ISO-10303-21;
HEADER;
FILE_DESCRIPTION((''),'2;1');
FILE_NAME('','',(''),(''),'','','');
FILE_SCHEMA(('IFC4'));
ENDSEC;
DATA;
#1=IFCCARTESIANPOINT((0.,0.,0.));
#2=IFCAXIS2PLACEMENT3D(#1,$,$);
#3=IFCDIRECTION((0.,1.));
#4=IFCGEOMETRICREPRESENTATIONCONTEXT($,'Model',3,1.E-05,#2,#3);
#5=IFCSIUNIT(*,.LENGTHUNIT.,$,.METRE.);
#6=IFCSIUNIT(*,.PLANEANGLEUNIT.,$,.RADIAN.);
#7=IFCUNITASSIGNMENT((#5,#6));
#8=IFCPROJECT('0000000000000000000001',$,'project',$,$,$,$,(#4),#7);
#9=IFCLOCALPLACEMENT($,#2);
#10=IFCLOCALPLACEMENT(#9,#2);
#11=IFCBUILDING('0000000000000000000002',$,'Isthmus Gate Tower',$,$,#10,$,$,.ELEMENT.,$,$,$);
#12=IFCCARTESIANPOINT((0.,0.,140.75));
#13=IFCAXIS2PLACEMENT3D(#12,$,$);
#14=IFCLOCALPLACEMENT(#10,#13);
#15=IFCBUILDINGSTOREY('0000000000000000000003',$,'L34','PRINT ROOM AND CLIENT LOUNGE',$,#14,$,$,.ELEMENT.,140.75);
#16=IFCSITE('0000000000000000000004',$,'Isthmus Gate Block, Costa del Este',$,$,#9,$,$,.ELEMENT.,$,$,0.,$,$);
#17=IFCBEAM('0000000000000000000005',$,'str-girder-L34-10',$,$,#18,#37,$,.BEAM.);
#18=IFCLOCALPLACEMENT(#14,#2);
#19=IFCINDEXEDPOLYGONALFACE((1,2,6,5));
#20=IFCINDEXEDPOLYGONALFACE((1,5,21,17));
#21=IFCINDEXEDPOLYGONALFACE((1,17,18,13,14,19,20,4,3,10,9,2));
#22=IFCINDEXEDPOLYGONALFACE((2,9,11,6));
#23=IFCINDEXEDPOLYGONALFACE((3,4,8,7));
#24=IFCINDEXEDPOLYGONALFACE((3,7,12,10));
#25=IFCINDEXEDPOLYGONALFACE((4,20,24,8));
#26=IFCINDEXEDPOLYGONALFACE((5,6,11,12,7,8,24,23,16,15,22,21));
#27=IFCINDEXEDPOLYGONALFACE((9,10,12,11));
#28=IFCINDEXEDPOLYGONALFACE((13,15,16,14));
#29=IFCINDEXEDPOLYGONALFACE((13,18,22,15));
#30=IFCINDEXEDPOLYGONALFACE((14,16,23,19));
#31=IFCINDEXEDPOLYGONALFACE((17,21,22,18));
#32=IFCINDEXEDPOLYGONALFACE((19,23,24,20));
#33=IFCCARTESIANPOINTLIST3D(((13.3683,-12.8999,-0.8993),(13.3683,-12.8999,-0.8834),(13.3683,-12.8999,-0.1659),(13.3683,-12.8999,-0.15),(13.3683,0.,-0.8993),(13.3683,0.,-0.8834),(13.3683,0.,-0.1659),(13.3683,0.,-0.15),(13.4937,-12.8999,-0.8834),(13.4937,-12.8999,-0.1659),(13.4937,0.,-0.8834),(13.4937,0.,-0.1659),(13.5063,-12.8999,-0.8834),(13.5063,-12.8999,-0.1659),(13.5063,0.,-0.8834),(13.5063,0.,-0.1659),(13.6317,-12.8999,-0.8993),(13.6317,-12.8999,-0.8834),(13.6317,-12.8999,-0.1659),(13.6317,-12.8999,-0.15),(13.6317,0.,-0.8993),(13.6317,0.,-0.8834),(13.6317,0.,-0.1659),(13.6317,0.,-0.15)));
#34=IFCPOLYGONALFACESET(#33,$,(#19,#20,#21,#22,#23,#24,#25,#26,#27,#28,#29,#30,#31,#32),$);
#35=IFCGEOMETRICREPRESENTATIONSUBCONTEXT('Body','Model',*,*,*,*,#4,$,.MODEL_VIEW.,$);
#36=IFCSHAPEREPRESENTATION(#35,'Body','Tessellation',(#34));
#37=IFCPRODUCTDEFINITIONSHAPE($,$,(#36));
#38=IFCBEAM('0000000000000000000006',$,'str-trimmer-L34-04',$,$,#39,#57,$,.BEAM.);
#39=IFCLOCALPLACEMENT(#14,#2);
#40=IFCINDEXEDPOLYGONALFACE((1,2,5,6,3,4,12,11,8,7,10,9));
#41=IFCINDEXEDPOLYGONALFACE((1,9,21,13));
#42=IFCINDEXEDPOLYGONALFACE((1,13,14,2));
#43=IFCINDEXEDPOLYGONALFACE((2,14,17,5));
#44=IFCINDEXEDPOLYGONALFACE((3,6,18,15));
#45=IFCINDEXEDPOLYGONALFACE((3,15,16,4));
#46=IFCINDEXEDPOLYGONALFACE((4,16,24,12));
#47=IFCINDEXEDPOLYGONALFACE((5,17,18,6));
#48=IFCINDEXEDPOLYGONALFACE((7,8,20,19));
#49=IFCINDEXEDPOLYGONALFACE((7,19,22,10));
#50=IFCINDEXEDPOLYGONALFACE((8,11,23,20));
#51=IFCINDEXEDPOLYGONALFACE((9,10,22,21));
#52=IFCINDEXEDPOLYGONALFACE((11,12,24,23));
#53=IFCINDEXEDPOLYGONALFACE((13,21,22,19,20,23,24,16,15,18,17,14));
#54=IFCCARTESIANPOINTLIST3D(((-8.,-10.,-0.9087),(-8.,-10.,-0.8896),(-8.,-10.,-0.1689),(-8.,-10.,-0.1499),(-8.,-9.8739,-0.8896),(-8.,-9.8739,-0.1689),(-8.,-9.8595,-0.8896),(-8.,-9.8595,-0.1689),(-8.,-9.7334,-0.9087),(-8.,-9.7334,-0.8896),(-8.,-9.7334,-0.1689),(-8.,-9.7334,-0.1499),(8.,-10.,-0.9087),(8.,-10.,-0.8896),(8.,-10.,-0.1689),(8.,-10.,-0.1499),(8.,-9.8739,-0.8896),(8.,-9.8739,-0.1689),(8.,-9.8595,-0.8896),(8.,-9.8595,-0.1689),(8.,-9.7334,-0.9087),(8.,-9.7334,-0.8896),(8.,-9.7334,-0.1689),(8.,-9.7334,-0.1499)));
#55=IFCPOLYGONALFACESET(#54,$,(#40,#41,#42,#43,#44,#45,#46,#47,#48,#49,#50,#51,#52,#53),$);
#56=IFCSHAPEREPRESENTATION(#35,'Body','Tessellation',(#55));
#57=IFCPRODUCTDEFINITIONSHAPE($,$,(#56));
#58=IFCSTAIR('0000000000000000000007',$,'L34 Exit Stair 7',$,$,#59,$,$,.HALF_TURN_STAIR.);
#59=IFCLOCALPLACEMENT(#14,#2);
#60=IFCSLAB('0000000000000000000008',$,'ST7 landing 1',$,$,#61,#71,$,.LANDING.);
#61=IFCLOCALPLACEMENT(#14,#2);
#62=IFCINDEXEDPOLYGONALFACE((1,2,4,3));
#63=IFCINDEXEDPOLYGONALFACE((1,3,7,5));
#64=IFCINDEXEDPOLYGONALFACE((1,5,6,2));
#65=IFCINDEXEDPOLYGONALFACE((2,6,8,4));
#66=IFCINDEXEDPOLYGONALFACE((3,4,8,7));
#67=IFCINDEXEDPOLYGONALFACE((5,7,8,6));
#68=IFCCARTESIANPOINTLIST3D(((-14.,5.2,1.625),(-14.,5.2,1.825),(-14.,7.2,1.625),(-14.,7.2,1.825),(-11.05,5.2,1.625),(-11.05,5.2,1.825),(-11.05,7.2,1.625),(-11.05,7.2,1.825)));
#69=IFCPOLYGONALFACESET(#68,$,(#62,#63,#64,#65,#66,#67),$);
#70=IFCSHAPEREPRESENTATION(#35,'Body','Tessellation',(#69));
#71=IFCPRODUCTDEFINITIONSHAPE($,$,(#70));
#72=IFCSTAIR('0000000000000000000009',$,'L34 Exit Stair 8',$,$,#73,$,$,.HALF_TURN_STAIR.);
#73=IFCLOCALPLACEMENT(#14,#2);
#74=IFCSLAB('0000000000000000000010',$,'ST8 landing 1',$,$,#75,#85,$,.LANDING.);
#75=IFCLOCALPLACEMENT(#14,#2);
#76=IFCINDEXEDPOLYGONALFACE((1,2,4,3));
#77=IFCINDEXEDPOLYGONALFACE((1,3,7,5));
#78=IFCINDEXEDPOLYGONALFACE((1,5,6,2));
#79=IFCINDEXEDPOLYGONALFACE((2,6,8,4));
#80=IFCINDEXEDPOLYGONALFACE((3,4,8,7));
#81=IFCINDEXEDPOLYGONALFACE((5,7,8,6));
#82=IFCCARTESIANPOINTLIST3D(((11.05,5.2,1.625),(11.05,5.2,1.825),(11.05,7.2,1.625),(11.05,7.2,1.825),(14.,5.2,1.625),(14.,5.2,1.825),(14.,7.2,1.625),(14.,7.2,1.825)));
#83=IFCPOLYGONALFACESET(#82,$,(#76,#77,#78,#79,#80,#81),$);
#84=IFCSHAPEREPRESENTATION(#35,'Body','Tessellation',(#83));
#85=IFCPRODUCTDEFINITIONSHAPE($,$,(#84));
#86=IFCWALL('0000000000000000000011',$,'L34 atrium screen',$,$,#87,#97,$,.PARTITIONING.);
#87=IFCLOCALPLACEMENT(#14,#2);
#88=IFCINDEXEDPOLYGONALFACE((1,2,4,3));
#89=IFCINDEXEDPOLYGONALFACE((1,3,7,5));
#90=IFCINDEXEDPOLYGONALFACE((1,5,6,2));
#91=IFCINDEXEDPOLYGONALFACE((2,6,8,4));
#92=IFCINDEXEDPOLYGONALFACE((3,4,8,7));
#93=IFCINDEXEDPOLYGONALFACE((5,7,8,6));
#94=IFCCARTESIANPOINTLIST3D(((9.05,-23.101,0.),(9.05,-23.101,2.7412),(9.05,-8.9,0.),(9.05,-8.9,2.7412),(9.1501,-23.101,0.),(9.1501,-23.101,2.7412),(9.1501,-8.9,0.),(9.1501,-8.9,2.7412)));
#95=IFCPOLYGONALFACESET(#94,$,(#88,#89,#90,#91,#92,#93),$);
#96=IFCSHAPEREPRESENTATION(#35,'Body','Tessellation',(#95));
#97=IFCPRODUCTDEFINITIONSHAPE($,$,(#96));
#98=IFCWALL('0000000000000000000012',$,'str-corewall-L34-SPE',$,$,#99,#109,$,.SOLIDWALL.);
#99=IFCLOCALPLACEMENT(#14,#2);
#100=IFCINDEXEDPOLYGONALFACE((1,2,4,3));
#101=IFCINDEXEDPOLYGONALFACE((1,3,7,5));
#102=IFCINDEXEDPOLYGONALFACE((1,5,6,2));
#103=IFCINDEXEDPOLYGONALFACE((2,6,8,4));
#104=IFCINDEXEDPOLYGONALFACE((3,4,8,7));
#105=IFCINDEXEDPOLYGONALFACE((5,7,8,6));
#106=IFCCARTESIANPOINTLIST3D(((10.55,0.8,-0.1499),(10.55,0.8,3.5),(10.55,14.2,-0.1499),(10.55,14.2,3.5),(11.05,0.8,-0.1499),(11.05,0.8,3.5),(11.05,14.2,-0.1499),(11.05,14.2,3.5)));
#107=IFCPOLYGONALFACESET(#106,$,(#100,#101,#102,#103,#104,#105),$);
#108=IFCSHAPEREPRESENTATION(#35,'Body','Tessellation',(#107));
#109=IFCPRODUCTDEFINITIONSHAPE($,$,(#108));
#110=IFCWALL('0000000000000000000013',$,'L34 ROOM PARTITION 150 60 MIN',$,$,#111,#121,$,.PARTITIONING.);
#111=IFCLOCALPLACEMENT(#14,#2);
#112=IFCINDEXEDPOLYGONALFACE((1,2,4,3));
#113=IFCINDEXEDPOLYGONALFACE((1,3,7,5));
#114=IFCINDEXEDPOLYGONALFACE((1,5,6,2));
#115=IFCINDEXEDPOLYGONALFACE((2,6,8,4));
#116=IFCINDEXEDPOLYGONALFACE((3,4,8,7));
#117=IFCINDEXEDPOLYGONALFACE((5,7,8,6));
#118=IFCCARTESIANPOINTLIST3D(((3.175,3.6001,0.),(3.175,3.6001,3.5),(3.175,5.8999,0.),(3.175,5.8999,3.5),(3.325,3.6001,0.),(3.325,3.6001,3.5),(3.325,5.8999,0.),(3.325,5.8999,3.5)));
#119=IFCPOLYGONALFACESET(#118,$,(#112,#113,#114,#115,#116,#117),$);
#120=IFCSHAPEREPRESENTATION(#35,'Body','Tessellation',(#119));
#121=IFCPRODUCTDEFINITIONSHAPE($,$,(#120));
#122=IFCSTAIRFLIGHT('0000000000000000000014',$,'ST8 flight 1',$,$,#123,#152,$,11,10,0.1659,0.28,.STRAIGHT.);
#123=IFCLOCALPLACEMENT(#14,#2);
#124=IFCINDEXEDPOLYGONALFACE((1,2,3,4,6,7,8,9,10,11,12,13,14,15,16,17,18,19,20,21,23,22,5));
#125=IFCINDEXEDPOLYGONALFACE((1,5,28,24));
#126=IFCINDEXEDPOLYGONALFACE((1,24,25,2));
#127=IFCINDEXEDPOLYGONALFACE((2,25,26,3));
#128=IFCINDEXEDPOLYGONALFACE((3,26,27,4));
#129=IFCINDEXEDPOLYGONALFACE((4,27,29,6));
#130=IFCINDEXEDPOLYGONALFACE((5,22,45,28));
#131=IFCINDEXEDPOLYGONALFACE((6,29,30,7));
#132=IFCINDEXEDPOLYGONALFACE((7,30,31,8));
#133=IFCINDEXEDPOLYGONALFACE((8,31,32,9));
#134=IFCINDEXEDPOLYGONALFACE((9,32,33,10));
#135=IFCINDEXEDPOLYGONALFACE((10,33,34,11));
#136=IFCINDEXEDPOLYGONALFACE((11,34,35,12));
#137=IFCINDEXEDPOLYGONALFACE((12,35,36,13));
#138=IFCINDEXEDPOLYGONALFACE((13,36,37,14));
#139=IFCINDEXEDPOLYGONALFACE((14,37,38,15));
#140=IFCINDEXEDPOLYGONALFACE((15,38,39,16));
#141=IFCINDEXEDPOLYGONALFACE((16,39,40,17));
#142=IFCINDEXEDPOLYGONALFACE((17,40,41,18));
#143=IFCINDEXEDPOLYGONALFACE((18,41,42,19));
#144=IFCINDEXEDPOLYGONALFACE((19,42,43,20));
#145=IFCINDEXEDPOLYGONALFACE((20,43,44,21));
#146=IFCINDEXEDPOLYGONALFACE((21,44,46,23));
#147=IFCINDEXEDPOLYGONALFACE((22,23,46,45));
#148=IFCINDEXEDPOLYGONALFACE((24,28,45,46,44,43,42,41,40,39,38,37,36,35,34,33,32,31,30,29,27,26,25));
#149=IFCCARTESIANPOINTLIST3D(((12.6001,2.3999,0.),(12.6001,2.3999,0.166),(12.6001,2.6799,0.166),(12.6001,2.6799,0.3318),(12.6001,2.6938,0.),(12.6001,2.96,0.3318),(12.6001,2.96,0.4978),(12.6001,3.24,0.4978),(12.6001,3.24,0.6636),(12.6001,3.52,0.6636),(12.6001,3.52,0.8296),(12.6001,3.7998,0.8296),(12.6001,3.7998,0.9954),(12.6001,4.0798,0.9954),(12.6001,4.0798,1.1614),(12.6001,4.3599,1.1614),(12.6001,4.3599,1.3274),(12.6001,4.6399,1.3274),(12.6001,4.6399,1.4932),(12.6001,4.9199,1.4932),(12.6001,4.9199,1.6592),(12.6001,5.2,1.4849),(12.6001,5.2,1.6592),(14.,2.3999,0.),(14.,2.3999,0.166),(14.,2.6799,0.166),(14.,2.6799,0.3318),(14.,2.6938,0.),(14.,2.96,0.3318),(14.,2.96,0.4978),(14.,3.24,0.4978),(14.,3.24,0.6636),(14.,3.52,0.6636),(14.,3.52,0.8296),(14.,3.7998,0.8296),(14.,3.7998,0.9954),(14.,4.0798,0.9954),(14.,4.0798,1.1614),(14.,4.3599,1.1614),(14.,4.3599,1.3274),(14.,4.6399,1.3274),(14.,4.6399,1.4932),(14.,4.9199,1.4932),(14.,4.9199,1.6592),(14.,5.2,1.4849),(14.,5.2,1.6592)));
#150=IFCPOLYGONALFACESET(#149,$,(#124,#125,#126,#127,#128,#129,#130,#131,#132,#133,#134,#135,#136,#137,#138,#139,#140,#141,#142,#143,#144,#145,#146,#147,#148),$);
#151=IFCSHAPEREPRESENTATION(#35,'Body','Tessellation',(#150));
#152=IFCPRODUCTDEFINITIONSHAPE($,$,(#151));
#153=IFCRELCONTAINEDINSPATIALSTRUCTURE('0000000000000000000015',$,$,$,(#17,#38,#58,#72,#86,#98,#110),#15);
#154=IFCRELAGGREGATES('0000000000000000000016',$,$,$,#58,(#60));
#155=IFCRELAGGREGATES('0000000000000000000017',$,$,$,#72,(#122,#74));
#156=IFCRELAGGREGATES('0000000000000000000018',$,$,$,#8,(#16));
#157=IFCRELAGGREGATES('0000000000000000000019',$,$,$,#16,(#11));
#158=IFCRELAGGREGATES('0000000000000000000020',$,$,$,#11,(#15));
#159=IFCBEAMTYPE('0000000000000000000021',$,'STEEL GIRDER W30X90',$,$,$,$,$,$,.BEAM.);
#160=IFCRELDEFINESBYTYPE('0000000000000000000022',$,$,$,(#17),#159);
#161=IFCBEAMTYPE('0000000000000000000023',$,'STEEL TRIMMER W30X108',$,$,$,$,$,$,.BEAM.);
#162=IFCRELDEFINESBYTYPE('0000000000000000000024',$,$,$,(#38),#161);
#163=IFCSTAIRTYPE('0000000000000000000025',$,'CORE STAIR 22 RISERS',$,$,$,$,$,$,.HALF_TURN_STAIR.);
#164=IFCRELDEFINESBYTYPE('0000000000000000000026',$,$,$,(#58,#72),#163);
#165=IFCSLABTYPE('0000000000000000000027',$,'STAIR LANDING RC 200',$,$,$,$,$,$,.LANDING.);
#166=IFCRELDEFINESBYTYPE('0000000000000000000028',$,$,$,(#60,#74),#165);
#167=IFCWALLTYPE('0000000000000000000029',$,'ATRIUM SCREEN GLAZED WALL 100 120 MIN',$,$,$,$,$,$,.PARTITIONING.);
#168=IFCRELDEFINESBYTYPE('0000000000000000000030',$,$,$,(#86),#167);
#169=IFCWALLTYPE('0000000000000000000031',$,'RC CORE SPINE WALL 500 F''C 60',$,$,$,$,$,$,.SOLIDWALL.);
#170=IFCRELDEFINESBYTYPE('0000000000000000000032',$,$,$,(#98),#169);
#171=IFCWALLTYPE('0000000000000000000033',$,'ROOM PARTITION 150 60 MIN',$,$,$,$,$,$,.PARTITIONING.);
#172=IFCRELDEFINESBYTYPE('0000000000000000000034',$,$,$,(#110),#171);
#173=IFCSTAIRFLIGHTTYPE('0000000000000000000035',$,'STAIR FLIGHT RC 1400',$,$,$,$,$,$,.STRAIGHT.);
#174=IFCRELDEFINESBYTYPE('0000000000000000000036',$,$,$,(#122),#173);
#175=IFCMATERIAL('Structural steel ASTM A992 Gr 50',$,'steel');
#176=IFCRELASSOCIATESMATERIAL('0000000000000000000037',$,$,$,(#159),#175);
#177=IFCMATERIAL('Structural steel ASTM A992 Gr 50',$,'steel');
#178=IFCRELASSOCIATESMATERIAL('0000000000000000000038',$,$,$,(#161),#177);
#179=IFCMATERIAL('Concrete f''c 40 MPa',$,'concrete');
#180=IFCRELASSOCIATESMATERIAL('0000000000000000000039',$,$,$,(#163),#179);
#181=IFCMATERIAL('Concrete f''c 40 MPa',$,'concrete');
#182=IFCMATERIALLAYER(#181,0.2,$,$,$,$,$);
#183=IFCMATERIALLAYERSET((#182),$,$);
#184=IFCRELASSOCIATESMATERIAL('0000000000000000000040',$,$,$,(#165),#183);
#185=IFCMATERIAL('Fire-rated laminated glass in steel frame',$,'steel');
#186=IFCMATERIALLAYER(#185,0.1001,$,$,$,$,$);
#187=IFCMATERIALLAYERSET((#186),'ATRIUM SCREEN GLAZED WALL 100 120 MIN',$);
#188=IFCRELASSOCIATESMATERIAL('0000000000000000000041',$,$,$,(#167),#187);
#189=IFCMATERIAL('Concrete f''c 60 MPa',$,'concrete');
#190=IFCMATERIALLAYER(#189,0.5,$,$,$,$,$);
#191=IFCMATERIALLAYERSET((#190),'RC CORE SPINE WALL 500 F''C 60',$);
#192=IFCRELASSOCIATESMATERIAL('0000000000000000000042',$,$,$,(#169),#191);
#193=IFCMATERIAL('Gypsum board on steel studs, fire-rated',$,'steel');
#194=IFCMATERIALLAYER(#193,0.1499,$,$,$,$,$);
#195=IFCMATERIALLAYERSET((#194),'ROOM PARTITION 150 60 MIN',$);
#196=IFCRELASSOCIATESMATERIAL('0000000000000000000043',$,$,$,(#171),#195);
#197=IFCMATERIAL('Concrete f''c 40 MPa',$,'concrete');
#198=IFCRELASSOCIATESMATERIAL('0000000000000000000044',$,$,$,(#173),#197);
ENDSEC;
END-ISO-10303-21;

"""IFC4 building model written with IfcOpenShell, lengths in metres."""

from ifc_helpers import new_model, si_unit, direction, frame, frame_2d, origin, origin_2d, place, context, subcontext, project, spatial, polyline, rectangle, i_section, outline, extrude, material, layer, layer_set, material_profile, profile_set, type_object, element, aggregate, save


model = new_model("IFC4")

# Units and contexts
model_context = context("Model", 3, precision=1e-05, world=origin(), true_north=direction((0.0, 1.0)))
body_context = subcontext(model_context, "Body", "Model", "MODEL_VIEW")
ifc_project = project(units=[si_unit("LENGTHUNIT", "METRE"), si_unit("PLANEANGLEUNIT", "RADIAN")], contexts=[model_context])

# Site, building, storey
site_placement = place(None, origin())
site = spatial("IfcSite", under=ifc_project, at=site_placement, Name="Isthmus Gate Block, Costa del Este", CompositionType="ELEMENT", RefElevation=0.0)
building_placement = place(site_placement, origin())
building = spatial("IfcBuilding", under=site, at=building_placement, Name="Isthmus Gate Tower", CompositionType="ELEMENT")
storey_placement = place(building_placement, frame((0.0, 0.0, 140.75)))
storey = spatial("IfcBuildingStorey", under=building, at=storey_placement, Name="L34", Description="PRINT ROOM AND CLIENT LOUNGE", CompositionType="ELEMENT", Elevation=140.75)

# Beams
ifc_material_1 = material(Name="Structural steel ASTM A992 Gr 50", Category="steel")
ifc_material_profile_1 = material_profile(ifc_material_1, i_section(OverallWidth=0.2634, OverallDepth=0.7493, WebThickness=0.0127, FlangeThickness=0.0159, at=origin_2d()), Name="W30X90")
ifc_profile_set_1 = profile_set([ifc_material_profile_1], Name="Structural steel ASTM A992 Gr 50")
beam_type_1 = type_object("IfcBeamType", Name="STEEL GIRDER W30X90", PredefinedType="BEAM", material=ifc_profile_set_1)
beam_1_placement = place(storey_placement, frame((13.5, -12.8999, -0.5247), z_axis=(0.0, 1.0, 0.0), x_axis=(-1.0, 0.0, 0.0)))
element("IfcBeam", 1, at=beam_1_placement, inside=storey, type_object=beam_type_1, Name="str-girder-L34-10", PredefinedType="BEAM", context=body_context, shape_type="SweptSolid", body=[
    extrude(i_section(OverallWidth=0.2634, OverallDepth=0.7493, WebThickness=0.0127, FlangeThickness=0.0159, at=origin_2d()), origin(), (0.0, 0.0, 1.0), 12.8999),
])
ifc_material_2 = material(Name="Structural steel ASTM A992 Gr 50", Category="steel")
ifc_material_profile_2 = material_profile(ifc_material_2, i_section(OverallWidth=0.2666, OverallDepth=0.7588, WebThickness=0.0144, FlangeThickness=0.019, at=origin_2d()), Name="W30X108")
ifc_profile_set_2 = profile_set([ifc_material_profile_2], Name="Structural steel ASTM A992 Gr 50")
beam_type_2 = type_object("IfcBeamType", Name="STEEL TRIMMER W30X108", PredefinedType="BEAM", material=ifc_profile_set_2)
beam_2_placement = place(storey_placement, frame((8.0, -9.8667, -0.5293), z_axis=(-1.0, 0.0, 0.0), x_axis=(0.0, -1.0, 0.0)))
element("IfcBeam", 2, at=beam_2_placement, inside=storey, type_object=beam_type_2, Name="str-trimmer-L34-04", PredefinedType="BEAM", context=body_context, shape_type="SweptSolid", body=[
    extrude(i_section(OverallWidth=0.2666, OverallDepth=0.7588, WebThickness=0.0144, FlangeThickness=0.019, at=origin_2d()), origin(), (0.0, 0.0, 1.0), 16.0),
])

# Stairs, slabs
ifc_material_3 = material(Name="Concrete f'c 40 MPa", Category="concrete")
stair_type = type_object("IfcStairType", Name="CORE STAIR 22 RISERS", PredefinedType="HALF_TURN_STAIR", material=ifc_material_3)
stair_1_placement = place(storey_placement, origin())
stair_1 = element("IfcStair", 3, at=stair_1_placement, inside=storey, type_object=stair_type, Name="L34 Exit Stair 7", PredefinedType="HALF_TURN_STAIR")
ifc_material_4 = material(Name="Concrete f'c 40 MPa", Category="concrete")
ifc_layer_1 = layer(ifc_material_4, 0.2)
ifc_layer_set_1 = layer_set([ifc_layer_1])
slab_type = type_object("IfcSlabType", Name="STAIR LANDING RC 200", PredefinedType="LANDING", material=ifc_layer_set_1)
slab_1_placement = place(storey_placement, frame((0.0, 0.0, 1.625)))
slab_1 = element("IfcSlab", 4, at=slab_1_placement, type_object=slab_type, Name="ST7 landing 1", PredefinedType="LANDING", context=body_context, shape_type="SweptSolid", body=[
    extrude(outline(polyline([(-11.05, 5.2), (-11.05, 7.2), (-14.0, 7.2), (-14.0, 5.2), (-11.05, 5.2)])), origin(), (0.0, 0.0, 1.0), 0.2),
])
aggregate(stair_1, [slab_1])
stair_2_placement = place(storey_placement, origin())
stair_2 = element("IfcStair", 5, at=stair_2_placement, inside=storey, type_object=stair_type, Name="L34 Exit Stair 8", PredefinedType="HALF_TURN_STAIR")
slab_2_placement = place(storey_placement, frame((0.0, 0.0, 1.625)))
slab_2 = element("IfcSlab", 6, at=slab_2_placement, type_object=slab_type, Name="ST8 landing 1", PredefinedType="LANDING", context=body_context, shape_type="SweptSolid", body=[
    extrude(outline(polyline([(14.0, 5.2), (14.0, 7.2), (11.05, 7.2), (11.05, 5.2), (14.0, 5.2)])), origin(), (0.0, 0.0, 1.0), 0.2),
])

# Walls
ifc_material_5 = material(Name="Fire-rated laminated glass in steel frame", Category="steel")
ifc_layer_2 = layer(ifc_material_5, 0.1001)
ifc_layer_set_2 = layer_set([ifc_layer_2], Name="ATRIUM SCREEN GLAZED WALL 100 120 MIN")
wall_type_1 = type_object("IfcWallType", Name="ATRIUM SCREEN GLAZED WALL 100 120 MIN", PredefinedType="PARTITIONING", material=ifc_layer_set_2)
wall_1_placement = place(storey_placement, frame((9.1001, -8.8999, 0.0), z_axis=(0.0, 0.0, 1.0), x_axis=(0.0, -1.0, 0.0)))
element("IfcWall", 7, at=wall_1_placement, inside=storey, type_object=wall_type_1, Name="L34 atrium screen", PredefinedType="PARTITIONING", context=body_context, shape_type="SweptSolid", body=[
    extrude(rectangle(XDim=14.2009, YDim=0.1001, at=frame_2d((7.1006, 0.0))), origin(), (0.0, 0.0, 1.0), 2.7412),
])
ifc_material_6 = material(Name="Concrete f'c 60 MPa", Category="concrete")
ifc_layer_3 = layer(ifc_material_6, 0.5)
ifc_layer_set_3 = layer_set([ifc_layer_3], Name="RC CORE SPINE WALL 500 F'C 60")
wall_type_2 = type_object("IfcWallType", Name="RC CORE SPINE WALL 500 F'C 60", PredefinedType="SOLIDWALL", material=ifc_layer_set_3)
wall_2_placement = place(storey_placement, frame((10.8, 0.8, -0.1499), z_axis=(0.0, 0.0, 1.0), x_axis=(0.0, 1.0, 0.0)))
element("IfcWall", 8, at=wall_2_placement, inside=storey, type_object=wall_type_2, Name="str-corewall-L34-SPE", PredefinedType="SOLIDWALL", context=body_context, shape_type="SweptSolid", body=[
    extrude(rectangle(XDim=13.3999, YDim=0.5, at=frame_2d((6.7, 0.0))), origin(), (0.0, 0.0, 1.0), 3.6499),
])
ifc_material_7 = material(Name="Gypsum board on steel studs, fire-rated", Category="steel")
ifc_layer_4 = layer(ifc_material_7, 0.1499)
ifc_layer_set_4 = layer_set([ifc_layer_4], Name="ROOM PARTITION 150 60 MIN")
wall_type_3 = type_object("IfcWallType", Name="ROOM PARTITION 150 60 MIN", PredefinedType="PARTITIONING", material=ifc_layer_set_4)
wall_3_placement = place(storey_placement, frame((3.25, 3.6001, 0.0), z_axis=(0.0, 0.0, 1.0), x_axis=(0.0, 1.0, 0.0)))
element("IfcWall", 9, at=wall_3_placement, inside=storey, type_object=wall_type_3, Name="L34 ROOM PARTITION 150 60 MIN", PredefinedType="PARTITIONING", context=body_context, shape_type="SweptSolid", body=[
    extrude(rectangle(XDim=2.2998, YDim=0.1499, at=frame_2d((1.1499, 0.0))), origin(), (0.0, 0.0, 1.0), 3.5),
])

# Stair flight
ifc_material_8 = material(Name="Concrete f'c 40 MPa", Category="concrete")
stair_flight_type = type_object("IfcStairFlightType", Name="STAIR FLIGHT RC 1400", PredefinedType="STRAIGHT", material=ifc_material_8)
stair_flight_placement = place(storey_placement, frame((13.3, 2.3999, 0.0), z_axis=(0.0, 0.0, 1.0), x_axis=(0.0, 1.0, 0.0)))
stair_flight = element("IfcStairFlight", 10, at=stair_flight_placement, type_object=stair_flight_type, Name="ST8 flight 1", NumberOfRisers=11, NumberOfTreads=10, PredefinedType="STRAIGHT", RiserHeight=0.1659, TreadLength=0.28, context=body_context, shape_type="SweptSolid", body=[
    extrude(outline(polyline([(0.0, 0.0), (0.0, 0.166), (0.28, 0.166), (0.28, 0.3318), (0.5601, 0.3318), (0.5601, 0.4978), (0.8401, 0.4978), (0.8401, 0.6636), (1.1201, 0.6636), (1.1201, 0.8296), (1.3999, 0.8296), (1.3999, 0.9954), (1.6799, 0.9954), (1.6799, 1.1614), (1.96, 1.1614), (1.96, 1.3274), (2.24, 1.3274), (2.24, 1.4932), (2.52, 1.4932), (2.52, 1.6592), (2.8, 1.6592), (2.8, 1.825), (2.8, 1.4849), (0.2939, 0.0), (0.0, 0.0)])), frame((0.0, 0.7, 0.0), z_axis=(0.0, -1.0, 0.0), x_axis=(1.0, 0.0, 0.0)), (0.0, 0.0, 1.0), 1.3999),
])
aggregate(stair_2, [stair_flight, slab_2])

save(model, "model.ifc")
